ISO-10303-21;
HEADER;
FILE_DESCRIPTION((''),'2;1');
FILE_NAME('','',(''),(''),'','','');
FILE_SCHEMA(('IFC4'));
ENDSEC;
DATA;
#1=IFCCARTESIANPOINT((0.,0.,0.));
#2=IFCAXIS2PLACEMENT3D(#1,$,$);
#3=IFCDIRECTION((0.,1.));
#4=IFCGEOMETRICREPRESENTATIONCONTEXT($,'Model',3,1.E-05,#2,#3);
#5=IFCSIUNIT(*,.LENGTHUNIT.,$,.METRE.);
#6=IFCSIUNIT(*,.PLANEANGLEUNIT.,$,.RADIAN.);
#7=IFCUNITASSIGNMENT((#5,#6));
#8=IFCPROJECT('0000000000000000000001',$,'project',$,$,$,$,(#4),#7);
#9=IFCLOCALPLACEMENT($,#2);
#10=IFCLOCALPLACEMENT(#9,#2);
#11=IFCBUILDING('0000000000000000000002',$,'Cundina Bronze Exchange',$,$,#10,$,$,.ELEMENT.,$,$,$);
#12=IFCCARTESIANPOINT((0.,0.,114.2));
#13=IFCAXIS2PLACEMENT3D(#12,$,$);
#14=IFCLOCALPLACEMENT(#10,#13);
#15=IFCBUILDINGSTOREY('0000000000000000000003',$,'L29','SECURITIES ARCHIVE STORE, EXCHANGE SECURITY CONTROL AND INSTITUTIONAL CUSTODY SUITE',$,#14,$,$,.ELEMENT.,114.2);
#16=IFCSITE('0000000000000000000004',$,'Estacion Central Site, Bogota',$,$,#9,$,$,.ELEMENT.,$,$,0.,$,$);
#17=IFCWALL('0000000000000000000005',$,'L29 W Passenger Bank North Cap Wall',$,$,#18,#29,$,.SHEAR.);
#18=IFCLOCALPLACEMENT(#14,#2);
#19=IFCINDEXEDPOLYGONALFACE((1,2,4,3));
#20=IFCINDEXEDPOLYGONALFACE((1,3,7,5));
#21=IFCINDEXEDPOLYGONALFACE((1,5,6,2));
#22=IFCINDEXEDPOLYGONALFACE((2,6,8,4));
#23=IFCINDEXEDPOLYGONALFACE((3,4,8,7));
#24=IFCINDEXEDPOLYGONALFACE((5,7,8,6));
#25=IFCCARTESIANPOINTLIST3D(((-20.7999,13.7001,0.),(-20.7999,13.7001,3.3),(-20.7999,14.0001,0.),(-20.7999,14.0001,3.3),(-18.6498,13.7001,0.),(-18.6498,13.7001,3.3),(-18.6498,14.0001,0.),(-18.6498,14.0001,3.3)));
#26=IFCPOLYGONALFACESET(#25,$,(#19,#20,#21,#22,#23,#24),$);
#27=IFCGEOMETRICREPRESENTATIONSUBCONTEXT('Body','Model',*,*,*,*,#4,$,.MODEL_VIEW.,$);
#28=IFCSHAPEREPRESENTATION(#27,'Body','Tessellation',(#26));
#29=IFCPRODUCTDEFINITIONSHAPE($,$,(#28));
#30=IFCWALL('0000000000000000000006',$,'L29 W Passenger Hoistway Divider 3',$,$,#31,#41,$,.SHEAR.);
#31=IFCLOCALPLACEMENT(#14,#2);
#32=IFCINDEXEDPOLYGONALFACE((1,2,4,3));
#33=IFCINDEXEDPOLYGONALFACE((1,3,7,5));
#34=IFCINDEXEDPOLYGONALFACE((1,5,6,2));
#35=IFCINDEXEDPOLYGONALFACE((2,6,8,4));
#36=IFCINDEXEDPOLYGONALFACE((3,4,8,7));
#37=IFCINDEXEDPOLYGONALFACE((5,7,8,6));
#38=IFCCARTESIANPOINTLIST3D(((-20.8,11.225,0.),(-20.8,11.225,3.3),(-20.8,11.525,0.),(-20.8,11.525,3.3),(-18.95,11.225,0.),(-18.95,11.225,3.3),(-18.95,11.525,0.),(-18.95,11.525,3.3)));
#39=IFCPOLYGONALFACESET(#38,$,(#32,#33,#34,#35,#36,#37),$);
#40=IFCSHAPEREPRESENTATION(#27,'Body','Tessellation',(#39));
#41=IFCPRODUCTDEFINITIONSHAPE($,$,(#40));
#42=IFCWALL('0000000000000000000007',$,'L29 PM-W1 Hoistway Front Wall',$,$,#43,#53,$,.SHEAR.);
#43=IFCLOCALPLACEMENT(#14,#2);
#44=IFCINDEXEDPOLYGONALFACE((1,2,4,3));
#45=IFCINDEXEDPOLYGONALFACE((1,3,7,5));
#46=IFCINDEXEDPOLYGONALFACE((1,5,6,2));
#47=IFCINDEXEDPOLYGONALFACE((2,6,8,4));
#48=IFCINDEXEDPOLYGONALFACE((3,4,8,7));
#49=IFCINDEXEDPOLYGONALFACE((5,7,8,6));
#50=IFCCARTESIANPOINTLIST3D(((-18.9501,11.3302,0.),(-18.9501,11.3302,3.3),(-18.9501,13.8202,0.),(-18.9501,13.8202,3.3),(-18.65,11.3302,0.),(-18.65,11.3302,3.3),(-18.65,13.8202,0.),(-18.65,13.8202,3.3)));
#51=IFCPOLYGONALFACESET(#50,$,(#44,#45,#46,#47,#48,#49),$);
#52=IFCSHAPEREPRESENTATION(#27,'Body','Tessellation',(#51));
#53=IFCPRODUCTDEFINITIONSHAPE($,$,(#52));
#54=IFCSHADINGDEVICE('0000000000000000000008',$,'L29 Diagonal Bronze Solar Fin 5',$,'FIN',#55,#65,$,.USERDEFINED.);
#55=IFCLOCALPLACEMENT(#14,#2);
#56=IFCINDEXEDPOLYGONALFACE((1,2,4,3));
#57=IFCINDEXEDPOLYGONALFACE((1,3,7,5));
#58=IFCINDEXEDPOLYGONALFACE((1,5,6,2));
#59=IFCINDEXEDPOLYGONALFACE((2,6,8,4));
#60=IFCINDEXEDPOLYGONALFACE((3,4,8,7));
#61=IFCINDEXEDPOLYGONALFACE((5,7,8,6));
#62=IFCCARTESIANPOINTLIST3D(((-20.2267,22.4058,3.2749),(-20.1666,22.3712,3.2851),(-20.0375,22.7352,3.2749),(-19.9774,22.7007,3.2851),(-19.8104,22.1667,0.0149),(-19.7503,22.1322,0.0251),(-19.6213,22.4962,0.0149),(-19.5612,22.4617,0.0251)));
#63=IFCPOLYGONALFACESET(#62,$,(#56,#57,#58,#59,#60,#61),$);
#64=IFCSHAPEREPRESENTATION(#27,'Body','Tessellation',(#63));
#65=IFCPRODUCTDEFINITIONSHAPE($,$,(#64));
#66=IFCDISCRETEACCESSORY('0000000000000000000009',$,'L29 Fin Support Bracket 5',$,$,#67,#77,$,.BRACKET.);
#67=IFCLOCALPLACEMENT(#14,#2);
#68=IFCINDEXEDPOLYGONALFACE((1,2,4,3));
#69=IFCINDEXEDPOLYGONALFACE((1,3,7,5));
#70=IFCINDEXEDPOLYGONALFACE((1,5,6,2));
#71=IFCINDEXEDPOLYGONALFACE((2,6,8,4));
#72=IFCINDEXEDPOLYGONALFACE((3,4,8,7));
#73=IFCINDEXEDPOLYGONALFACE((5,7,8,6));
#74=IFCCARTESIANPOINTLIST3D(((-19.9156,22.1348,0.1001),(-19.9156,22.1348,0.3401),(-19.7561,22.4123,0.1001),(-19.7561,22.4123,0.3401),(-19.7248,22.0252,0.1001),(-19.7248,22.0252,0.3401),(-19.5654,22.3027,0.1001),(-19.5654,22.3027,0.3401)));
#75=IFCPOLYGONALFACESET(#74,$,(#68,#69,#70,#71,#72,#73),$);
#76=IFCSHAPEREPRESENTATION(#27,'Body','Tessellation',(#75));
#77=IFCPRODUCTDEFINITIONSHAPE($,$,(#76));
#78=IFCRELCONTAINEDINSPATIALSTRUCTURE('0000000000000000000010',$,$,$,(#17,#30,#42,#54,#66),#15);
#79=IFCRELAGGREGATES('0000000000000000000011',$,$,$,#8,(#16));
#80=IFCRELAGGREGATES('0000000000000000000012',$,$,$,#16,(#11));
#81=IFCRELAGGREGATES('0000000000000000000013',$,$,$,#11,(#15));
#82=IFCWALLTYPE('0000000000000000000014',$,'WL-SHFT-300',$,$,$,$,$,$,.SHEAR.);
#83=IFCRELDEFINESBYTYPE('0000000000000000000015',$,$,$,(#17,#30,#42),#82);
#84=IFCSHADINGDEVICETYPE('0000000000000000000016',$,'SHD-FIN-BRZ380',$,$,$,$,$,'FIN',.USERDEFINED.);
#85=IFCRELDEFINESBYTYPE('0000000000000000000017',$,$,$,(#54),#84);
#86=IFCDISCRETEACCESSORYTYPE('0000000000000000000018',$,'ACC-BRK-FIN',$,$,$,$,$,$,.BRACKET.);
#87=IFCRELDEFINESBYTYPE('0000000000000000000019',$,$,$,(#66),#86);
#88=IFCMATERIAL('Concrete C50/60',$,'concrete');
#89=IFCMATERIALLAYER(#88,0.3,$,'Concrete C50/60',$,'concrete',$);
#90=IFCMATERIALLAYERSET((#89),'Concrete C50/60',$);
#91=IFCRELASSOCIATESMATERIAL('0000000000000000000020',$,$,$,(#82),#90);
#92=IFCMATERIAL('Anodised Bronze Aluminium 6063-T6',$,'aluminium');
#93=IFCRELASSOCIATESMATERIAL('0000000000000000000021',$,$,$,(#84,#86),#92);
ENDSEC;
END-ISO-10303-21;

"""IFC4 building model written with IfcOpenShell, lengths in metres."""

from ifc_helpers import new_model, si_unit, direction, frame, frame_2d, origin, origin_2d, place, context, subcontext, project, spatial, rectangle, extrude, material, layer, layer_set, material_profile, profile_set, type_object, element, save


model = new_model("IFC4")

# Units and contexts
model_context = context("Model", 3, precision=1e-05, world=origin(), true_north=direction((0.0, 1.0)))
body_context = subcontext(model_context, "Body", "Model", "MODEL_VIEW")
ifc_project = project(units=[si_unit("LENGTHUNIT", "METRE"), si_unit("PLANEANGLEUNIT", "RADIAN")], contexts=[model_context])

# Site, building, storey
site_placement = place(None, origin())
site = spatial("IfcSite", under=ifc_project, at=site_placement, Name="Estacion Central Site, Bogota", CompositionType="ELEMENT", RefElevation=0.0)
building_placement = place(site_placement, origin())
building = spatial("IfcBuilding", under=site, at=building_placement, Name="Cundina Bronze Exchange", CompositionType="ELEMENT")
storey_placement = place(building_placement, frame((0.0, 0.0, 114.2)))
storey = spatial("IfcBuildingStorey", under=building, at=storey_placement, Name="L29", Description="SECURITIES ARCHIVE STORE, EXCHANGE SECURITY CONTROL AND INSTITUTIONAL CUSTODY SUITE", CompositionType="ELEMENT", Elevation=114.2)

# Shared definitions
ifc_material_1 = material(Name="Anodised Bronze Aluminium 6063-T6", Category="aluminium")

# Shared definitions
ifc_material_2 = material(Name="Concrete C50/60", Category="concrete")
ifc_layer_1 = layer(ifc_material_2, 0.3, Name="Concrete C50/60", Category="concrete")
ifc_layer_set_1 = layer_set([ifc_layer_1], Name="Concrete C50/60")
wall_type_1 = type_object("IfcWallType", Name="WL-SHFT-300", PredefinedType="SHEAR", material=ifc_layer_set_1)

# Walls
wall_1_placement = place(storey_placement, frame((-20.8, 13.8501, 0.0), z_axis=(0.0, 0.0, 1.0), x_axis=(1.0, 0.0, 0.0)))
element("IfcWall", 1, at=wall_1_placement, inside=storey, type_object=wall_type_1, Name="L29 W Passenger Bank North Cap Wall", PredefinedType="SHEAR", context=body_context, shape_type="SweptSolid", body=[
    extrude(rectangle(XDim=2.1501, YDim=0.3, at=frame_2d((1.0752, 0.0))), origin(), (0.0, 0.0, 1.0), 3.3),
])
wall_2_placement = place(storey_placement, frame((-20.8, 11.375, 0.0), z_axis=(0.0, 0.0, 1.0), x_axis=(1.0, 0.0, 0.0)))
element("IfcWall", 2, at=wall_2_placement, inside=storey, type_object=wall_type_1, Name="L29 W Passenger Hoistway Divider 3", PredefinedType="SHEAR", context=body_context, shape_type="SweptSolid", body=[
    extrude(rectangle(XDim=1.8501, YDim=0.3, at=frame_2d((0.925, 0.0))), origin(), (0.0, 0.0, 1.0), 3.3),
])
wall_3_placement = place(storey_placement, frame((-18.8, 11.3301, 0.0), z_axis=(0.0, 0.0, 1.0), x_axis=(0.0, 1.0, 0.0)))
element("IfcWall", 3, at=wall_3_placement, inside=storey, type_object=wall_type_1, Name="L29 PM-W1 Hoistway Front Wall", PredefinedType="SHEAR", context=body_context, shape_type="SweptSolid", body=[
    extrude(rectangle(XDim=2.49, YDim=0.3, at=frame_2d((1.2451, 0.0))), origin(), (0.0, 0.0, 1.0), 3.3),
])

# Shading device
ifc_material_profile_1 = material_profile(ifc_material_1, rectangle(XDim=0.0701, YDim=0.3799, at=origin_2d()), Name="FIN70X380", Category="aluminium")
ifc_profile_set_1 = profile_set([ifc_material_profile_1], Name="Anodised Bronze Aluminium 6063-T6")
shading_device_type = type_object("IfcShadingDeviceType", Name="SHD-FIN-BRZ380", ElementType="FIN", PredefinedType="USERDEFINED", material=ifc_profile_set_1)
shading_device_placement = place(storey_placement, frame((-19.6858, 22.3142, 0.02), z_axis=(-0.126325, 0.072535, 0.989333), x_axis=(0.857958, -0.492634, 0.145668)))
element("IfcShadingDevice", 4, at=shading_device_placement, inside=storey, type_object=shading_device_type, Name="L29 Diagonal Bronze Solar Fin 5", ObjectType="FIN", PredefinedType="USERDEFINED", context=body_context, shape_type="SweptSolid", body=[
    extrude(rectangle(XDim=0.0701, YDim=0.3799, at=origin_2d()), origin(), (0.0, 0.0, 1.0), 3.2952),
])

# Discrete accessory
discrete_accessory_type = type_object("IfcDiscreteAccessoryType", Name="ACC-BRK-FIN", PredefinedType="BRACKET", material=ifc_material_1)
discrete_accessory_placement = place(storey_placement, frame((-19.7405, 22.2188, 0.1001), z_axis=(0.0, 0.0, 1.0), x_axis=(-0.867105, 0.498125, 0.0)))
element("IfcDiscreteAccessory", 5, at=discrete_accessory_placement, inside=storey, type_object=discrete_accessory_type, Name="L29 Fin Support Bracket 5", PredefinedType="BRACKET", context=body_context, shape_type="SweptSolid", body=[
    extrude(rectangle(XDim=0.22, YDim=0.3201, at=origin_2d()), origin(), (0.0, 0.0, 1.0), 0.24),
])

save(model, "model.ifc")
